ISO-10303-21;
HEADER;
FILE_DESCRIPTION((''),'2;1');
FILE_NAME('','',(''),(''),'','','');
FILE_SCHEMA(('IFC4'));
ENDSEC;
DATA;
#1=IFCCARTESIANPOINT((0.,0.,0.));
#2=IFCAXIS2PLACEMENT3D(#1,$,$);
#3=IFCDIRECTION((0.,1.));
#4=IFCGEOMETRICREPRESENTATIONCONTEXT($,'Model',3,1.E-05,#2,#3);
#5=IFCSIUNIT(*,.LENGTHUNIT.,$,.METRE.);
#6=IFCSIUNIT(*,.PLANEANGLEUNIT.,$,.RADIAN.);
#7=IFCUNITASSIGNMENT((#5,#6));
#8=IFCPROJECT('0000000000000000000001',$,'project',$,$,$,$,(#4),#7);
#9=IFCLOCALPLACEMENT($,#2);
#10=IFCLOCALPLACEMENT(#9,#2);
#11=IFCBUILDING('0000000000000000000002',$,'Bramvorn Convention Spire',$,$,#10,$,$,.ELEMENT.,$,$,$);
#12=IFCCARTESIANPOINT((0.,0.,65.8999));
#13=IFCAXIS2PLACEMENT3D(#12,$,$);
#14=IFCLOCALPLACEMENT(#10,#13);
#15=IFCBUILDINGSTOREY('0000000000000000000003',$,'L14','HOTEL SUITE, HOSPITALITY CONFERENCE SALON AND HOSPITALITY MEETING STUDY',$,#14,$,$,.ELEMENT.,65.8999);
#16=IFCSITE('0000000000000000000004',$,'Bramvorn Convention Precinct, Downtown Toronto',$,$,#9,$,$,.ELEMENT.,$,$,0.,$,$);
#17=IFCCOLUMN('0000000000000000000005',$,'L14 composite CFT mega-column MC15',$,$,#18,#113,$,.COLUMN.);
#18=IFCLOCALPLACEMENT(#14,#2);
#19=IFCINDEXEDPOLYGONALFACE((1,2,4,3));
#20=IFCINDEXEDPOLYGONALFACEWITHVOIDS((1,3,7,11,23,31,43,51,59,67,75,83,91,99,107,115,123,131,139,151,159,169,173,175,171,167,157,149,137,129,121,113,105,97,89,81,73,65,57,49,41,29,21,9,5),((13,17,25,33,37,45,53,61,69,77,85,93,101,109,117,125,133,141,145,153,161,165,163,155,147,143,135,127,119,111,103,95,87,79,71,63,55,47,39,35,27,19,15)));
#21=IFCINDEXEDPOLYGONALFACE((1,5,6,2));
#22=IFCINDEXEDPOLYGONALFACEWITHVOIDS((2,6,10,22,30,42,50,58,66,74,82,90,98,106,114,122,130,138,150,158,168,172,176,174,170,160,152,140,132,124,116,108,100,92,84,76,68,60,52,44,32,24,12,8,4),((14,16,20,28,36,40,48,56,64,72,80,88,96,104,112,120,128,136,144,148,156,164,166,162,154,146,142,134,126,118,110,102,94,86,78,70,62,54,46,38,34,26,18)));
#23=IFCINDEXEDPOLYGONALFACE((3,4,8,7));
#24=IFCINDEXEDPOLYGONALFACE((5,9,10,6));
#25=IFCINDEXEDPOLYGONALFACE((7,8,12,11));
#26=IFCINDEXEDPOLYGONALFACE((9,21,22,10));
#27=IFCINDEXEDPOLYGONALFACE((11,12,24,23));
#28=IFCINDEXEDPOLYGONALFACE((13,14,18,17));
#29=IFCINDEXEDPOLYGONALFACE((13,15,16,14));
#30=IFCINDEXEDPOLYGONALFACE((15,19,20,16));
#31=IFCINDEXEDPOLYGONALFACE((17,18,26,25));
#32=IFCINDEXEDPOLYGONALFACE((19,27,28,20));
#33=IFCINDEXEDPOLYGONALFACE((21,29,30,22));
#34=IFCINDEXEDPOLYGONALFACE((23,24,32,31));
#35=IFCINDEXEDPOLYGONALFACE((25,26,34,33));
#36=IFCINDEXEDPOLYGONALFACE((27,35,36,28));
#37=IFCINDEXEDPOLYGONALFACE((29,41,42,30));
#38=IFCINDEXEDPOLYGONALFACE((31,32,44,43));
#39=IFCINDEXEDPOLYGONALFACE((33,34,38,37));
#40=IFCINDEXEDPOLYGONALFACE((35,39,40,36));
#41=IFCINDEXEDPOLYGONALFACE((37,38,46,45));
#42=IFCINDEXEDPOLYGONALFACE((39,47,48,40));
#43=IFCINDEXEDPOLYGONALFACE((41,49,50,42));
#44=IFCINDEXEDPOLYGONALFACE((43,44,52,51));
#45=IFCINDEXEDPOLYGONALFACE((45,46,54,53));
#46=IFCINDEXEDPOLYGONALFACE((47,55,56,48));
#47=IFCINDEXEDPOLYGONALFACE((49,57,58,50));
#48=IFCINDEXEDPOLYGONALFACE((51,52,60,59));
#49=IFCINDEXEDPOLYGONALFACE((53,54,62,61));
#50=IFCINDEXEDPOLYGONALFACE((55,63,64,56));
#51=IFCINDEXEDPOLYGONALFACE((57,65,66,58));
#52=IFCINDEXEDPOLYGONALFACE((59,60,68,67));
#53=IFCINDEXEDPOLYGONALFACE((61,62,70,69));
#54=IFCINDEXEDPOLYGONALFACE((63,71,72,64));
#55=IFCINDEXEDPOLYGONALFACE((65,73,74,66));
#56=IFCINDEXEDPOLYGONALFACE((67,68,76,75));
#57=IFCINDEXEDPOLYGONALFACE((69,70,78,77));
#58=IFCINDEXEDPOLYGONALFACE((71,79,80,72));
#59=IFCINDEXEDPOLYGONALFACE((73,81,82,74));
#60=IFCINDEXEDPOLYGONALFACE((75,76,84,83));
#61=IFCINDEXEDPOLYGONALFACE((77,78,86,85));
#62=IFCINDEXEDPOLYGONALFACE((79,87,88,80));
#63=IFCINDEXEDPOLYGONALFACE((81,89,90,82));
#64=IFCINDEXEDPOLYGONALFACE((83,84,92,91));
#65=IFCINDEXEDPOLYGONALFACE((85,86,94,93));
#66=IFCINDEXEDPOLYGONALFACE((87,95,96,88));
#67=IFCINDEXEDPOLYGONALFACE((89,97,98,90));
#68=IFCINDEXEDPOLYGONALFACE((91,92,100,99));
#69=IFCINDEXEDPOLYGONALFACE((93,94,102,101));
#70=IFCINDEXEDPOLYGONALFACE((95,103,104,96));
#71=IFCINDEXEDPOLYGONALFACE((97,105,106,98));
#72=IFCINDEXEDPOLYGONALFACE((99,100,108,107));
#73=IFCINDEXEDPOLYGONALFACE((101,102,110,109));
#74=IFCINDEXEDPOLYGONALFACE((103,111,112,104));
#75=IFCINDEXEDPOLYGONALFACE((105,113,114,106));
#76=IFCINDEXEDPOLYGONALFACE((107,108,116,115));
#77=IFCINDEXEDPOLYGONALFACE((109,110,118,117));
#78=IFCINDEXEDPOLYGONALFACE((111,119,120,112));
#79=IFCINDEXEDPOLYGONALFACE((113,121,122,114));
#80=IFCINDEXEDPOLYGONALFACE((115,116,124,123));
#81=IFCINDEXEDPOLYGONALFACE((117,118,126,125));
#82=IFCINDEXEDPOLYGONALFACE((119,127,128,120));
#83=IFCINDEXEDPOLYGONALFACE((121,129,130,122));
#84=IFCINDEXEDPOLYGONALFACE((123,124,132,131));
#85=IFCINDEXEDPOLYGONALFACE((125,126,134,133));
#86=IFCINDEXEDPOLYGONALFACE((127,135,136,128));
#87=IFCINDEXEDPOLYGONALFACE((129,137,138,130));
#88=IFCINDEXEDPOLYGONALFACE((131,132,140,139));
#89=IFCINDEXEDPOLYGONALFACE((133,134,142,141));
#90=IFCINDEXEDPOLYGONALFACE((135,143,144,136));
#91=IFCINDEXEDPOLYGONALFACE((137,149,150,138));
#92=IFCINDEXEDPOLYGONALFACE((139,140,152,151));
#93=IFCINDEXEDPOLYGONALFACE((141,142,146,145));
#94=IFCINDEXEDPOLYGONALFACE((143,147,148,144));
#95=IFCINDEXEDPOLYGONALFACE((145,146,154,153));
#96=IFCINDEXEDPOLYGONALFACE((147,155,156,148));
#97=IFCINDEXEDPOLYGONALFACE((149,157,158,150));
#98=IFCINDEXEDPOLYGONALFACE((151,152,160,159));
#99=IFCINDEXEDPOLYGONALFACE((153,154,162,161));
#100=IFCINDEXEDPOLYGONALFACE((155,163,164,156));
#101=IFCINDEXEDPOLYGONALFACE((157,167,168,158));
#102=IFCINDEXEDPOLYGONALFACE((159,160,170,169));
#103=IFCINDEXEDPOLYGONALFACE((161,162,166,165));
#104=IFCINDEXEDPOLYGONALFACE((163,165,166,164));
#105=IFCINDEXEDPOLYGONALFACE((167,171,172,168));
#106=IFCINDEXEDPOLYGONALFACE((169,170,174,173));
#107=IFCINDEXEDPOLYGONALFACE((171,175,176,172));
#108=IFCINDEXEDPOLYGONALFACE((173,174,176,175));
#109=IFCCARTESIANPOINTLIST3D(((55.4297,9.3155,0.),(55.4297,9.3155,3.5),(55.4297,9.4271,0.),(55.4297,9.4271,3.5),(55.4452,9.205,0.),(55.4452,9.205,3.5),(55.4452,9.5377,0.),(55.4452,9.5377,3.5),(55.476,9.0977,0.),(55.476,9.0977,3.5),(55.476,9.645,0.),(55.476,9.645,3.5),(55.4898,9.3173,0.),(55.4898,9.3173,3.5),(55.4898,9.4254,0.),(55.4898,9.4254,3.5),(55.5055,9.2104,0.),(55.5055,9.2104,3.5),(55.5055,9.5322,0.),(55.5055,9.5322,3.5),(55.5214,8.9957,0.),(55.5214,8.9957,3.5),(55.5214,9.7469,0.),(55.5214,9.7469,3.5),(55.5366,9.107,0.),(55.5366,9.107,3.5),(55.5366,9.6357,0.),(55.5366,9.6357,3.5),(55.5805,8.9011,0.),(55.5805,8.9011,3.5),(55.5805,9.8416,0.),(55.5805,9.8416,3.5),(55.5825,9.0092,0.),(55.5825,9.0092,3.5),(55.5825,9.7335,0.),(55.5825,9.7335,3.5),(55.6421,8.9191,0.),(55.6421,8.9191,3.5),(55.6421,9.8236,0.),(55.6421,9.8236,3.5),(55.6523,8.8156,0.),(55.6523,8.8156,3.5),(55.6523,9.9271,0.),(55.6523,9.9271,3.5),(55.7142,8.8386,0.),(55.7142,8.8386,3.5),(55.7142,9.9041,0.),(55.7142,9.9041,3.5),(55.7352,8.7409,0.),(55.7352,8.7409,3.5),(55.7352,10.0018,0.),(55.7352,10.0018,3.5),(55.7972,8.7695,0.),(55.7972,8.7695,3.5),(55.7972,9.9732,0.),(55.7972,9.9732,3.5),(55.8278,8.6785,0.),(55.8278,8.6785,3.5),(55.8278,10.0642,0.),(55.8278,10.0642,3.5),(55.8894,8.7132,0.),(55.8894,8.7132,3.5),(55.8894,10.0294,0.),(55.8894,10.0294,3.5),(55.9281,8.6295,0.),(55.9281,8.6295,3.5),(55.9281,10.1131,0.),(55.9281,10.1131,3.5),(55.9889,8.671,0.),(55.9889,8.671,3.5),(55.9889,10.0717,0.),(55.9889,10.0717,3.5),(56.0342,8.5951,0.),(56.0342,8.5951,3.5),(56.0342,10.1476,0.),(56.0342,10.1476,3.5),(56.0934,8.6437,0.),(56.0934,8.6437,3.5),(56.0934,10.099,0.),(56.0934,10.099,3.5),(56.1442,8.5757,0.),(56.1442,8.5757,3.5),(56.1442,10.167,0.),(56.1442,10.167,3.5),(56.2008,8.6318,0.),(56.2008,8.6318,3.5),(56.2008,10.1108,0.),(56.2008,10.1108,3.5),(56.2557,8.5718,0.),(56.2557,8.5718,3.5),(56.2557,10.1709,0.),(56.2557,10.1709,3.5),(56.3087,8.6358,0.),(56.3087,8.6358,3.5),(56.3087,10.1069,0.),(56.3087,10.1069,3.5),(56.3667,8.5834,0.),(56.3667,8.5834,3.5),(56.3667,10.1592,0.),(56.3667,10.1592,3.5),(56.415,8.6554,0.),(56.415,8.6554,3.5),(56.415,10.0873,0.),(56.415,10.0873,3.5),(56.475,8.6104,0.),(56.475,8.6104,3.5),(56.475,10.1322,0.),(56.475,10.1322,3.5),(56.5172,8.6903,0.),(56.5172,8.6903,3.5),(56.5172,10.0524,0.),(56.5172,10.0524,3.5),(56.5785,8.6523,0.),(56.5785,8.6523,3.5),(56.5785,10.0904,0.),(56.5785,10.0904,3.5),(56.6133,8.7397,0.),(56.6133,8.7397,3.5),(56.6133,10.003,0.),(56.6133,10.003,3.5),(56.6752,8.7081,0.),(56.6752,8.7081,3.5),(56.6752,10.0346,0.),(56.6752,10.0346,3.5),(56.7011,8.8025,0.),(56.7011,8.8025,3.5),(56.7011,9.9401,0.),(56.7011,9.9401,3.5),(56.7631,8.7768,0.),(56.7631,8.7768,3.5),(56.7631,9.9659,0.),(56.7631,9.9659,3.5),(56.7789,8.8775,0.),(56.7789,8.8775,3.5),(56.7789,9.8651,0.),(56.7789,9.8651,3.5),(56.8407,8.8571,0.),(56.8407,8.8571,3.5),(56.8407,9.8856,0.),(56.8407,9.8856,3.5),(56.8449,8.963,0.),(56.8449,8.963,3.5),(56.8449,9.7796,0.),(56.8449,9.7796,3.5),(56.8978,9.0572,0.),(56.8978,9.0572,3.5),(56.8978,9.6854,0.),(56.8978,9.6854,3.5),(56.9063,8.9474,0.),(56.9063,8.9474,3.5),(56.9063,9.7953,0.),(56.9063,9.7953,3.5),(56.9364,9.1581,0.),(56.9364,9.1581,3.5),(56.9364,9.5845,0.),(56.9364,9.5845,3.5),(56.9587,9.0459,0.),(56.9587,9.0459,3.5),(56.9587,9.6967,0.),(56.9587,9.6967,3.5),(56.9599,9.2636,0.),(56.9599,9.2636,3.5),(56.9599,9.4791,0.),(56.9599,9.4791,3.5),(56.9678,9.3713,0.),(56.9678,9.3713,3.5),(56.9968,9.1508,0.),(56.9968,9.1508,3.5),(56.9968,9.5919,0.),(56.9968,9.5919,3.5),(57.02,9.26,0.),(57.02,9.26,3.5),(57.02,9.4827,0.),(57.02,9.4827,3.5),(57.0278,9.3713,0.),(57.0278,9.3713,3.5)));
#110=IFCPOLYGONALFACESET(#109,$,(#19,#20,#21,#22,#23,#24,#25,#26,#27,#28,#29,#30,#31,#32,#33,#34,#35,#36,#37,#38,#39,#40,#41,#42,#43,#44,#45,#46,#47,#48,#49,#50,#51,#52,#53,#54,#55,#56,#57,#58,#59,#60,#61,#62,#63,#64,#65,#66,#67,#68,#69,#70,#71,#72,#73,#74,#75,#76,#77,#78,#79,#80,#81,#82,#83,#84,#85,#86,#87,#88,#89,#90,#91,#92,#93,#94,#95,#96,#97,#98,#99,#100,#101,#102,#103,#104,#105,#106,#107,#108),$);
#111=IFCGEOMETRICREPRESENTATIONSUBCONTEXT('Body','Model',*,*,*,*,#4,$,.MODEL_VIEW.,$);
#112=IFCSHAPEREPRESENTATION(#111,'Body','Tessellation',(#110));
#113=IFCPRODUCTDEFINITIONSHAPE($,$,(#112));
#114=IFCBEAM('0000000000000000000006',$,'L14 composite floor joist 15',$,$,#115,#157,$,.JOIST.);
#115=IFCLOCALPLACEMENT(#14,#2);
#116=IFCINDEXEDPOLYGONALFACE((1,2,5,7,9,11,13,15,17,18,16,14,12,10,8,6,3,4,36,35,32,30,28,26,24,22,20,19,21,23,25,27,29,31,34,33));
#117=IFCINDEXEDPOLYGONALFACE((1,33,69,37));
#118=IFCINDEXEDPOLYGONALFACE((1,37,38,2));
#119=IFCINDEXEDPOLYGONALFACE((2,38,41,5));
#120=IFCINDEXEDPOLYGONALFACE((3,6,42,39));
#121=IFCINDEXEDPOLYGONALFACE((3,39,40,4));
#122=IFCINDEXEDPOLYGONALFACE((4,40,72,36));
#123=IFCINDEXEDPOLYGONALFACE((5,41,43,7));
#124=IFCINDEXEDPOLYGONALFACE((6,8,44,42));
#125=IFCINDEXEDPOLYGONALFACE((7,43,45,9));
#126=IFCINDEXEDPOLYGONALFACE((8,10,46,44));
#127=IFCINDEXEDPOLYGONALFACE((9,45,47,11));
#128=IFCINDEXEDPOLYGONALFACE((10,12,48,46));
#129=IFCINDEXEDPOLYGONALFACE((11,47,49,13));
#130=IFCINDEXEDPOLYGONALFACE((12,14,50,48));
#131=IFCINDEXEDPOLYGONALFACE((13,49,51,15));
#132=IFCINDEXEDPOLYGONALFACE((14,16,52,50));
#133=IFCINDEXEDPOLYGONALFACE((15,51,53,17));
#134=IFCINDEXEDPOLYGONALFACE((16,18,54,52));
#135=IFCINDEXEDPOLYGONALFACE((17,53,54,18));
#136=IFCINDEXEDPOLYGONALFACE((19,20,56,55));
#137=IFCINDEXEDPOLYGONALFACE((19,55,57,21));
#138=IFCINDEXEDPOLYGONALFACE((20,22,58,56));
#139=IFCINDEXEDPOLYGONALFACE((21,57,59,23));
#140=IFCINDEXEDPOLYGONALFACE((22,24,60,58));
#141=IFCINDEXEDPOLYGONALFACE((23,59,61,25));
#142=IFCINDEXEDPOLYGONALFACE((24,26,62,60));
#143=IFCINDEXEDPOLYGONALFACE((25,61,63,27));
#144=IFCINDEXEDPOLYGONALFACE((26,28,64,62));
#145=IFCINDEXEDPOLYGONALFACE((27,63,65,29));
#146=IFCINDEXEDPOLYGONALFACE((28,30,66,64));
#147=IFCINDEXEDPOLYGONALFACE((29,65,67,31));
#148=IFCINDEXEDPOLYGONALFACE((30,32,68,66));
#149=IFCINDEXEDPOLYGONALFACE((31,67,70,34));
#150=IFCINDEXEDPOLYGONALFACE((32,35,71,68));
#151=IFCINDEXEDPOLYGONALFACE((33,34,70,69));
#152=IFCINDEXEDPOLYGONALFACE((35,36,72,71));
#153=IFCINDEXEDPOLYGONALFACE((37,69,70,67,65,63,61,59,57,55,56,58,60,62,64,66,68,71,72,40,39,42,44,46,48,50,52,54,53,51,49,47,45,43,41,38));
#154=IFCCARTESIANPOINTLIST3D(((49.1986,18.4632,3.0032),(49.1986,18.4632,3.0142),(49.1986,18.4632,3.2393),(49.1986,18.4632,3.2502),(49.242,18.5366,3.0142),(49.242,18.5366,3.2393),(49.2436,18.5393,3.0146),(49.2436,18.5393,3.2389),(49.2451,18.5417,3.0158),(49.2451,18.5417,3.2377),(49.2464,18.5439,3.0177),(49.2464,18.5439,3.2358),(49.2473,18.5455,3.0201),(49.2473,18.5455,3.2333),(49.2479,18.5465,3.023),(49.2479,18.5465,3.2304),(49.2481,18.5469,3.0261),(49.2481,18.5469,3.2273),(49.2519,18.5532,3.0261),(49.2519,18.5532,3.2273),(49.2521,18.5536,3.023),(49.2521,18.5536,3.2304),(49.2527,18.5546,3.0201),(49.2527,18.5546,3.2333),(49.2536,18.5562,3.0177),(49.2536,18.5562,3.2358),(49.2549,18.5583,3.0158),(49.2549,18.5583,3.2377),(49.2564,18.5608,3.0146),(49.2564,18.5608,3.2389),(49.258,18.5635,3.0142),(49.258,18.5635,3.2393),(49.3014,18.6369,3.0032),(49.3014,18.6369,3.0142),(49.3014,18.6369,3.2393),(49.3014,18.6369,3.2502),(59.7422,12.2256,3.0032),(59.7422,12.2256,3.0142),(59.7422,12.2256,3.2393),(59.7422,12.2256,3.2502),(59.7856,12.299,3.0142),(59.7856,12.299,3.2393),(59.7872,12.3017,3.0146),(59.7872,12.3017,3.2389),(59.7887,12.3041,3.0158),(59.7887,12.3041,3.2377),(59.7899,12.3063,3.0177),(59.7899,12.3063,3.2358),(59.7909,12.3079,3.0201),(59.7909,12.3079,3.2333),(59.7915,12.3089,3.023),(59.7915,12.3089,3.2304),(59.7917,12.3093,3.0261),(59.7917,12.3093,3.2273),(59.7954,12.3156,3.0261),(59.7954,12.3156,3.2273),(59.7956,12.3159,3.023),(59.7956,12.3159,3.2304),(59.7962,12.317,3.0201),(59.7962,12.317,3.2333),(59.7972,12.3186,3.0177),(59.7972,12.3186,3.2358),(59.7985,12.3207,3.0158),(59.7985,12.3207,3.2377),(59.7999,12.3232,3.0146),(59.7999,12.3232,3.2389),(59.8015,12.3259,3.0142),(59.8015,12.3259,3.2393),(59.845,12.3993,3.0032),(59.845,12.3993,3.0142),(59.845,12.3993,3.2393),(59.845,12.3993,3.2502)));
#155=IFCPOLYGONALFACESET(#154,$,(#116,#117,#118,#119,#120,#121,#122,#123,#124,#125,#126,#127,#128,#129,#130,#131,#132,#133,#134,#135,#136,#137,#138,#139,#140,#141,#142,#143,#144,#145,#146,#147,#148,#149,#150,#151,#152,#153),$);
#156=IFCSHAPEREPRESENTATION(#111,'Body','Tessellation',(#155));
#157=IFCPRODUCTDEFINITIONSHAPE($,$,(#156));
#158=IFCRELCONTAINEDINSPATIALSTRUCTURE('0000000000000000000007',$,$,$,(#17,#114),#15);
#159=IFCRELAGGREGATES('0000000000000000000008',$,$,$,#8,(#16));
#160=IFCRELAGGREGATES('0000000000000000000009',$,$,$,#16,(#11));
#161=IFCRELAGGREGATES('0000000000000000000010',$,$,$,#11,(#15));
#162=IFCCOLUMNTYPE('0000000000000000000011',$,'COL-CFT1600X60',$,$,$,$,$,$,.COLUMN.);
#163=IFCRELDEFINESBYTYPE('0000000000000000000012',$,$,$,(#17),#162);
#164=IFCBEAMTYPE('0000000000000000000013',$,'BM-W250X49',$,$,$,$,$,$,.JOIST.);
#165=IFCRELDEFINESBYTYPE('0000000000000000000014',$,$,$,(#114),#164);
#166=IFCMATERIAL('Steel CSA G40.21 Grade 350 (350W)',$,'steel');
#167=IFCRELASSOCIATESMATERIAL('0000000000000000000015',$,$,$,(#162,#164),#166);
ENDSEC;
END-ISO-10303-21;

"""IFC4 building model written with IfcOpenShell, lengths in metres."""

from ifc_helpers import new_model, si_unit, direction, frame, origin, origin_2d, place, context, subcontext, project, spatial, hollow_circle, i_section, extrude, material, material_profile, profile_set, type_object, element, save


model = new_model("IFC4")

# Units and contexts
model_context = context("Model", 3, precision=1e-05, world=origin(), true_north=direction((0.0, 1.0)))
body_context = subcontext(model_context, "Body", "Model", "MODEL_VIEW")
ifc_project = project(units=[si_unit("LENGTHUNIT", "METRE"), si_unit("PLANEANGLEUNIT", "RADIAN")], contexts=[model_context])

# Site, building, storey
site_placement = place(None, origin())
site = spatial("IfcSite", under=ifc_project, at=site_placement, Name="Bramvorn Convention Precinct, Downtown Toronto", CompositionType="ELEMENT", RefElevation=0.0)
building_placement = place(site_placement, origin())
building = spatial("IfcBuilding", under=site, at=building_placement, Name="Bramvorn Convention Spire", CompositionType="ELEMENT")
storey_placement = place(building_placement, frame((0.0, 0.0, 65.8999)))
storey = spatial("IfcBuildingStorey", under=building, at=storey_placement, Name="L14", Description="HOTEL SUITE, HOSPITALITY CONFERENCE SALON AND HOSPITALITY MEETING STUDY", CompositionType="ELEMENT", Elevation=65.8999)

# Column
ifc_material_1 = material(Name="Steel CSA G40.21 Grade 350 (350W)", Category="steel")
ifc_material_profile_1 = material_profile(ifc_material_1, hollow_circle(Radius=0.8, WallThickness=0.0601, at=origin_2d()))
ifc_profile_set_1 = profile_set([ifc_material_profile_1], Name="Steel CSA G40.21 Grade 350 (350W) - CFT1600X60")
column_type = type_object("IfcColumnType", Name="COL-CFT1600X60", PredefinedType="COLUMN", material=ifc_profile_set_1)
column_placement = place(storey_placement, frame((56.2278, 9.3713, 0.0), z_axis=(0.0, 0.0, 1.0), x_axis=(1.0, 0.0, 0.0)))
element("IfcColumn", 1, at=column_placement, inside=storey, type_object=column_type, Name="L14 composite CFT mega-column MC15", PredefinedType="COLUMN", context=body_context, shape_type="SweptSolid", body=[
    extrude(hollow_circle(Radius=0.8, WallThickness=0.0601, at=origin_2d()), origin(), (0.0, 0.0, 1.0), 3.5),
])

# Beam
ifc_material_profile_2 = material_profile(ifc_material_1, i_section(OverallWidth=0.2019, OverallDepth=0.2471, WebThickness=0.0073, FlangeThickness=0.011, FilletRadius=0.012, at=origin_2d()))
ifc_profile_set_2 = profile_set([ifc_material_profile_2], Name="Steel CSA G40.21 Grade 350 (350W) - W250X49")
beam_type_1 = type_object("IfcBeamType", Name="BM-W250X49", PredefinedType="JOIST", material=ifc_profile_set_2)
beam_1_placement = place(storey_placement, frame((49.25, 18.55, 3.1267), z_axis=(0.860665, -0.509172, 0.0), x_axis=(0.509172, 0.860665, 0.0)))
element("IfcBeam", 2, at=beam_1_placement, inside=storey, type_object=beam_type_1, Name="L14 composite floor joist 15", PredefinedType="JOIST", context=body_context, shape_type="SweptSolid", body=[
    extrude(i_section(OverallWidth=0.2019, OverallDepth=0.2471, WebThickness=0.0073, FlangeThickness=0.011, FilletRadius=0.012, at=origin_2d()), origin(), (0.0, 0.0, 1.0), 12.2505),
])

save(model, "model.ifc")
